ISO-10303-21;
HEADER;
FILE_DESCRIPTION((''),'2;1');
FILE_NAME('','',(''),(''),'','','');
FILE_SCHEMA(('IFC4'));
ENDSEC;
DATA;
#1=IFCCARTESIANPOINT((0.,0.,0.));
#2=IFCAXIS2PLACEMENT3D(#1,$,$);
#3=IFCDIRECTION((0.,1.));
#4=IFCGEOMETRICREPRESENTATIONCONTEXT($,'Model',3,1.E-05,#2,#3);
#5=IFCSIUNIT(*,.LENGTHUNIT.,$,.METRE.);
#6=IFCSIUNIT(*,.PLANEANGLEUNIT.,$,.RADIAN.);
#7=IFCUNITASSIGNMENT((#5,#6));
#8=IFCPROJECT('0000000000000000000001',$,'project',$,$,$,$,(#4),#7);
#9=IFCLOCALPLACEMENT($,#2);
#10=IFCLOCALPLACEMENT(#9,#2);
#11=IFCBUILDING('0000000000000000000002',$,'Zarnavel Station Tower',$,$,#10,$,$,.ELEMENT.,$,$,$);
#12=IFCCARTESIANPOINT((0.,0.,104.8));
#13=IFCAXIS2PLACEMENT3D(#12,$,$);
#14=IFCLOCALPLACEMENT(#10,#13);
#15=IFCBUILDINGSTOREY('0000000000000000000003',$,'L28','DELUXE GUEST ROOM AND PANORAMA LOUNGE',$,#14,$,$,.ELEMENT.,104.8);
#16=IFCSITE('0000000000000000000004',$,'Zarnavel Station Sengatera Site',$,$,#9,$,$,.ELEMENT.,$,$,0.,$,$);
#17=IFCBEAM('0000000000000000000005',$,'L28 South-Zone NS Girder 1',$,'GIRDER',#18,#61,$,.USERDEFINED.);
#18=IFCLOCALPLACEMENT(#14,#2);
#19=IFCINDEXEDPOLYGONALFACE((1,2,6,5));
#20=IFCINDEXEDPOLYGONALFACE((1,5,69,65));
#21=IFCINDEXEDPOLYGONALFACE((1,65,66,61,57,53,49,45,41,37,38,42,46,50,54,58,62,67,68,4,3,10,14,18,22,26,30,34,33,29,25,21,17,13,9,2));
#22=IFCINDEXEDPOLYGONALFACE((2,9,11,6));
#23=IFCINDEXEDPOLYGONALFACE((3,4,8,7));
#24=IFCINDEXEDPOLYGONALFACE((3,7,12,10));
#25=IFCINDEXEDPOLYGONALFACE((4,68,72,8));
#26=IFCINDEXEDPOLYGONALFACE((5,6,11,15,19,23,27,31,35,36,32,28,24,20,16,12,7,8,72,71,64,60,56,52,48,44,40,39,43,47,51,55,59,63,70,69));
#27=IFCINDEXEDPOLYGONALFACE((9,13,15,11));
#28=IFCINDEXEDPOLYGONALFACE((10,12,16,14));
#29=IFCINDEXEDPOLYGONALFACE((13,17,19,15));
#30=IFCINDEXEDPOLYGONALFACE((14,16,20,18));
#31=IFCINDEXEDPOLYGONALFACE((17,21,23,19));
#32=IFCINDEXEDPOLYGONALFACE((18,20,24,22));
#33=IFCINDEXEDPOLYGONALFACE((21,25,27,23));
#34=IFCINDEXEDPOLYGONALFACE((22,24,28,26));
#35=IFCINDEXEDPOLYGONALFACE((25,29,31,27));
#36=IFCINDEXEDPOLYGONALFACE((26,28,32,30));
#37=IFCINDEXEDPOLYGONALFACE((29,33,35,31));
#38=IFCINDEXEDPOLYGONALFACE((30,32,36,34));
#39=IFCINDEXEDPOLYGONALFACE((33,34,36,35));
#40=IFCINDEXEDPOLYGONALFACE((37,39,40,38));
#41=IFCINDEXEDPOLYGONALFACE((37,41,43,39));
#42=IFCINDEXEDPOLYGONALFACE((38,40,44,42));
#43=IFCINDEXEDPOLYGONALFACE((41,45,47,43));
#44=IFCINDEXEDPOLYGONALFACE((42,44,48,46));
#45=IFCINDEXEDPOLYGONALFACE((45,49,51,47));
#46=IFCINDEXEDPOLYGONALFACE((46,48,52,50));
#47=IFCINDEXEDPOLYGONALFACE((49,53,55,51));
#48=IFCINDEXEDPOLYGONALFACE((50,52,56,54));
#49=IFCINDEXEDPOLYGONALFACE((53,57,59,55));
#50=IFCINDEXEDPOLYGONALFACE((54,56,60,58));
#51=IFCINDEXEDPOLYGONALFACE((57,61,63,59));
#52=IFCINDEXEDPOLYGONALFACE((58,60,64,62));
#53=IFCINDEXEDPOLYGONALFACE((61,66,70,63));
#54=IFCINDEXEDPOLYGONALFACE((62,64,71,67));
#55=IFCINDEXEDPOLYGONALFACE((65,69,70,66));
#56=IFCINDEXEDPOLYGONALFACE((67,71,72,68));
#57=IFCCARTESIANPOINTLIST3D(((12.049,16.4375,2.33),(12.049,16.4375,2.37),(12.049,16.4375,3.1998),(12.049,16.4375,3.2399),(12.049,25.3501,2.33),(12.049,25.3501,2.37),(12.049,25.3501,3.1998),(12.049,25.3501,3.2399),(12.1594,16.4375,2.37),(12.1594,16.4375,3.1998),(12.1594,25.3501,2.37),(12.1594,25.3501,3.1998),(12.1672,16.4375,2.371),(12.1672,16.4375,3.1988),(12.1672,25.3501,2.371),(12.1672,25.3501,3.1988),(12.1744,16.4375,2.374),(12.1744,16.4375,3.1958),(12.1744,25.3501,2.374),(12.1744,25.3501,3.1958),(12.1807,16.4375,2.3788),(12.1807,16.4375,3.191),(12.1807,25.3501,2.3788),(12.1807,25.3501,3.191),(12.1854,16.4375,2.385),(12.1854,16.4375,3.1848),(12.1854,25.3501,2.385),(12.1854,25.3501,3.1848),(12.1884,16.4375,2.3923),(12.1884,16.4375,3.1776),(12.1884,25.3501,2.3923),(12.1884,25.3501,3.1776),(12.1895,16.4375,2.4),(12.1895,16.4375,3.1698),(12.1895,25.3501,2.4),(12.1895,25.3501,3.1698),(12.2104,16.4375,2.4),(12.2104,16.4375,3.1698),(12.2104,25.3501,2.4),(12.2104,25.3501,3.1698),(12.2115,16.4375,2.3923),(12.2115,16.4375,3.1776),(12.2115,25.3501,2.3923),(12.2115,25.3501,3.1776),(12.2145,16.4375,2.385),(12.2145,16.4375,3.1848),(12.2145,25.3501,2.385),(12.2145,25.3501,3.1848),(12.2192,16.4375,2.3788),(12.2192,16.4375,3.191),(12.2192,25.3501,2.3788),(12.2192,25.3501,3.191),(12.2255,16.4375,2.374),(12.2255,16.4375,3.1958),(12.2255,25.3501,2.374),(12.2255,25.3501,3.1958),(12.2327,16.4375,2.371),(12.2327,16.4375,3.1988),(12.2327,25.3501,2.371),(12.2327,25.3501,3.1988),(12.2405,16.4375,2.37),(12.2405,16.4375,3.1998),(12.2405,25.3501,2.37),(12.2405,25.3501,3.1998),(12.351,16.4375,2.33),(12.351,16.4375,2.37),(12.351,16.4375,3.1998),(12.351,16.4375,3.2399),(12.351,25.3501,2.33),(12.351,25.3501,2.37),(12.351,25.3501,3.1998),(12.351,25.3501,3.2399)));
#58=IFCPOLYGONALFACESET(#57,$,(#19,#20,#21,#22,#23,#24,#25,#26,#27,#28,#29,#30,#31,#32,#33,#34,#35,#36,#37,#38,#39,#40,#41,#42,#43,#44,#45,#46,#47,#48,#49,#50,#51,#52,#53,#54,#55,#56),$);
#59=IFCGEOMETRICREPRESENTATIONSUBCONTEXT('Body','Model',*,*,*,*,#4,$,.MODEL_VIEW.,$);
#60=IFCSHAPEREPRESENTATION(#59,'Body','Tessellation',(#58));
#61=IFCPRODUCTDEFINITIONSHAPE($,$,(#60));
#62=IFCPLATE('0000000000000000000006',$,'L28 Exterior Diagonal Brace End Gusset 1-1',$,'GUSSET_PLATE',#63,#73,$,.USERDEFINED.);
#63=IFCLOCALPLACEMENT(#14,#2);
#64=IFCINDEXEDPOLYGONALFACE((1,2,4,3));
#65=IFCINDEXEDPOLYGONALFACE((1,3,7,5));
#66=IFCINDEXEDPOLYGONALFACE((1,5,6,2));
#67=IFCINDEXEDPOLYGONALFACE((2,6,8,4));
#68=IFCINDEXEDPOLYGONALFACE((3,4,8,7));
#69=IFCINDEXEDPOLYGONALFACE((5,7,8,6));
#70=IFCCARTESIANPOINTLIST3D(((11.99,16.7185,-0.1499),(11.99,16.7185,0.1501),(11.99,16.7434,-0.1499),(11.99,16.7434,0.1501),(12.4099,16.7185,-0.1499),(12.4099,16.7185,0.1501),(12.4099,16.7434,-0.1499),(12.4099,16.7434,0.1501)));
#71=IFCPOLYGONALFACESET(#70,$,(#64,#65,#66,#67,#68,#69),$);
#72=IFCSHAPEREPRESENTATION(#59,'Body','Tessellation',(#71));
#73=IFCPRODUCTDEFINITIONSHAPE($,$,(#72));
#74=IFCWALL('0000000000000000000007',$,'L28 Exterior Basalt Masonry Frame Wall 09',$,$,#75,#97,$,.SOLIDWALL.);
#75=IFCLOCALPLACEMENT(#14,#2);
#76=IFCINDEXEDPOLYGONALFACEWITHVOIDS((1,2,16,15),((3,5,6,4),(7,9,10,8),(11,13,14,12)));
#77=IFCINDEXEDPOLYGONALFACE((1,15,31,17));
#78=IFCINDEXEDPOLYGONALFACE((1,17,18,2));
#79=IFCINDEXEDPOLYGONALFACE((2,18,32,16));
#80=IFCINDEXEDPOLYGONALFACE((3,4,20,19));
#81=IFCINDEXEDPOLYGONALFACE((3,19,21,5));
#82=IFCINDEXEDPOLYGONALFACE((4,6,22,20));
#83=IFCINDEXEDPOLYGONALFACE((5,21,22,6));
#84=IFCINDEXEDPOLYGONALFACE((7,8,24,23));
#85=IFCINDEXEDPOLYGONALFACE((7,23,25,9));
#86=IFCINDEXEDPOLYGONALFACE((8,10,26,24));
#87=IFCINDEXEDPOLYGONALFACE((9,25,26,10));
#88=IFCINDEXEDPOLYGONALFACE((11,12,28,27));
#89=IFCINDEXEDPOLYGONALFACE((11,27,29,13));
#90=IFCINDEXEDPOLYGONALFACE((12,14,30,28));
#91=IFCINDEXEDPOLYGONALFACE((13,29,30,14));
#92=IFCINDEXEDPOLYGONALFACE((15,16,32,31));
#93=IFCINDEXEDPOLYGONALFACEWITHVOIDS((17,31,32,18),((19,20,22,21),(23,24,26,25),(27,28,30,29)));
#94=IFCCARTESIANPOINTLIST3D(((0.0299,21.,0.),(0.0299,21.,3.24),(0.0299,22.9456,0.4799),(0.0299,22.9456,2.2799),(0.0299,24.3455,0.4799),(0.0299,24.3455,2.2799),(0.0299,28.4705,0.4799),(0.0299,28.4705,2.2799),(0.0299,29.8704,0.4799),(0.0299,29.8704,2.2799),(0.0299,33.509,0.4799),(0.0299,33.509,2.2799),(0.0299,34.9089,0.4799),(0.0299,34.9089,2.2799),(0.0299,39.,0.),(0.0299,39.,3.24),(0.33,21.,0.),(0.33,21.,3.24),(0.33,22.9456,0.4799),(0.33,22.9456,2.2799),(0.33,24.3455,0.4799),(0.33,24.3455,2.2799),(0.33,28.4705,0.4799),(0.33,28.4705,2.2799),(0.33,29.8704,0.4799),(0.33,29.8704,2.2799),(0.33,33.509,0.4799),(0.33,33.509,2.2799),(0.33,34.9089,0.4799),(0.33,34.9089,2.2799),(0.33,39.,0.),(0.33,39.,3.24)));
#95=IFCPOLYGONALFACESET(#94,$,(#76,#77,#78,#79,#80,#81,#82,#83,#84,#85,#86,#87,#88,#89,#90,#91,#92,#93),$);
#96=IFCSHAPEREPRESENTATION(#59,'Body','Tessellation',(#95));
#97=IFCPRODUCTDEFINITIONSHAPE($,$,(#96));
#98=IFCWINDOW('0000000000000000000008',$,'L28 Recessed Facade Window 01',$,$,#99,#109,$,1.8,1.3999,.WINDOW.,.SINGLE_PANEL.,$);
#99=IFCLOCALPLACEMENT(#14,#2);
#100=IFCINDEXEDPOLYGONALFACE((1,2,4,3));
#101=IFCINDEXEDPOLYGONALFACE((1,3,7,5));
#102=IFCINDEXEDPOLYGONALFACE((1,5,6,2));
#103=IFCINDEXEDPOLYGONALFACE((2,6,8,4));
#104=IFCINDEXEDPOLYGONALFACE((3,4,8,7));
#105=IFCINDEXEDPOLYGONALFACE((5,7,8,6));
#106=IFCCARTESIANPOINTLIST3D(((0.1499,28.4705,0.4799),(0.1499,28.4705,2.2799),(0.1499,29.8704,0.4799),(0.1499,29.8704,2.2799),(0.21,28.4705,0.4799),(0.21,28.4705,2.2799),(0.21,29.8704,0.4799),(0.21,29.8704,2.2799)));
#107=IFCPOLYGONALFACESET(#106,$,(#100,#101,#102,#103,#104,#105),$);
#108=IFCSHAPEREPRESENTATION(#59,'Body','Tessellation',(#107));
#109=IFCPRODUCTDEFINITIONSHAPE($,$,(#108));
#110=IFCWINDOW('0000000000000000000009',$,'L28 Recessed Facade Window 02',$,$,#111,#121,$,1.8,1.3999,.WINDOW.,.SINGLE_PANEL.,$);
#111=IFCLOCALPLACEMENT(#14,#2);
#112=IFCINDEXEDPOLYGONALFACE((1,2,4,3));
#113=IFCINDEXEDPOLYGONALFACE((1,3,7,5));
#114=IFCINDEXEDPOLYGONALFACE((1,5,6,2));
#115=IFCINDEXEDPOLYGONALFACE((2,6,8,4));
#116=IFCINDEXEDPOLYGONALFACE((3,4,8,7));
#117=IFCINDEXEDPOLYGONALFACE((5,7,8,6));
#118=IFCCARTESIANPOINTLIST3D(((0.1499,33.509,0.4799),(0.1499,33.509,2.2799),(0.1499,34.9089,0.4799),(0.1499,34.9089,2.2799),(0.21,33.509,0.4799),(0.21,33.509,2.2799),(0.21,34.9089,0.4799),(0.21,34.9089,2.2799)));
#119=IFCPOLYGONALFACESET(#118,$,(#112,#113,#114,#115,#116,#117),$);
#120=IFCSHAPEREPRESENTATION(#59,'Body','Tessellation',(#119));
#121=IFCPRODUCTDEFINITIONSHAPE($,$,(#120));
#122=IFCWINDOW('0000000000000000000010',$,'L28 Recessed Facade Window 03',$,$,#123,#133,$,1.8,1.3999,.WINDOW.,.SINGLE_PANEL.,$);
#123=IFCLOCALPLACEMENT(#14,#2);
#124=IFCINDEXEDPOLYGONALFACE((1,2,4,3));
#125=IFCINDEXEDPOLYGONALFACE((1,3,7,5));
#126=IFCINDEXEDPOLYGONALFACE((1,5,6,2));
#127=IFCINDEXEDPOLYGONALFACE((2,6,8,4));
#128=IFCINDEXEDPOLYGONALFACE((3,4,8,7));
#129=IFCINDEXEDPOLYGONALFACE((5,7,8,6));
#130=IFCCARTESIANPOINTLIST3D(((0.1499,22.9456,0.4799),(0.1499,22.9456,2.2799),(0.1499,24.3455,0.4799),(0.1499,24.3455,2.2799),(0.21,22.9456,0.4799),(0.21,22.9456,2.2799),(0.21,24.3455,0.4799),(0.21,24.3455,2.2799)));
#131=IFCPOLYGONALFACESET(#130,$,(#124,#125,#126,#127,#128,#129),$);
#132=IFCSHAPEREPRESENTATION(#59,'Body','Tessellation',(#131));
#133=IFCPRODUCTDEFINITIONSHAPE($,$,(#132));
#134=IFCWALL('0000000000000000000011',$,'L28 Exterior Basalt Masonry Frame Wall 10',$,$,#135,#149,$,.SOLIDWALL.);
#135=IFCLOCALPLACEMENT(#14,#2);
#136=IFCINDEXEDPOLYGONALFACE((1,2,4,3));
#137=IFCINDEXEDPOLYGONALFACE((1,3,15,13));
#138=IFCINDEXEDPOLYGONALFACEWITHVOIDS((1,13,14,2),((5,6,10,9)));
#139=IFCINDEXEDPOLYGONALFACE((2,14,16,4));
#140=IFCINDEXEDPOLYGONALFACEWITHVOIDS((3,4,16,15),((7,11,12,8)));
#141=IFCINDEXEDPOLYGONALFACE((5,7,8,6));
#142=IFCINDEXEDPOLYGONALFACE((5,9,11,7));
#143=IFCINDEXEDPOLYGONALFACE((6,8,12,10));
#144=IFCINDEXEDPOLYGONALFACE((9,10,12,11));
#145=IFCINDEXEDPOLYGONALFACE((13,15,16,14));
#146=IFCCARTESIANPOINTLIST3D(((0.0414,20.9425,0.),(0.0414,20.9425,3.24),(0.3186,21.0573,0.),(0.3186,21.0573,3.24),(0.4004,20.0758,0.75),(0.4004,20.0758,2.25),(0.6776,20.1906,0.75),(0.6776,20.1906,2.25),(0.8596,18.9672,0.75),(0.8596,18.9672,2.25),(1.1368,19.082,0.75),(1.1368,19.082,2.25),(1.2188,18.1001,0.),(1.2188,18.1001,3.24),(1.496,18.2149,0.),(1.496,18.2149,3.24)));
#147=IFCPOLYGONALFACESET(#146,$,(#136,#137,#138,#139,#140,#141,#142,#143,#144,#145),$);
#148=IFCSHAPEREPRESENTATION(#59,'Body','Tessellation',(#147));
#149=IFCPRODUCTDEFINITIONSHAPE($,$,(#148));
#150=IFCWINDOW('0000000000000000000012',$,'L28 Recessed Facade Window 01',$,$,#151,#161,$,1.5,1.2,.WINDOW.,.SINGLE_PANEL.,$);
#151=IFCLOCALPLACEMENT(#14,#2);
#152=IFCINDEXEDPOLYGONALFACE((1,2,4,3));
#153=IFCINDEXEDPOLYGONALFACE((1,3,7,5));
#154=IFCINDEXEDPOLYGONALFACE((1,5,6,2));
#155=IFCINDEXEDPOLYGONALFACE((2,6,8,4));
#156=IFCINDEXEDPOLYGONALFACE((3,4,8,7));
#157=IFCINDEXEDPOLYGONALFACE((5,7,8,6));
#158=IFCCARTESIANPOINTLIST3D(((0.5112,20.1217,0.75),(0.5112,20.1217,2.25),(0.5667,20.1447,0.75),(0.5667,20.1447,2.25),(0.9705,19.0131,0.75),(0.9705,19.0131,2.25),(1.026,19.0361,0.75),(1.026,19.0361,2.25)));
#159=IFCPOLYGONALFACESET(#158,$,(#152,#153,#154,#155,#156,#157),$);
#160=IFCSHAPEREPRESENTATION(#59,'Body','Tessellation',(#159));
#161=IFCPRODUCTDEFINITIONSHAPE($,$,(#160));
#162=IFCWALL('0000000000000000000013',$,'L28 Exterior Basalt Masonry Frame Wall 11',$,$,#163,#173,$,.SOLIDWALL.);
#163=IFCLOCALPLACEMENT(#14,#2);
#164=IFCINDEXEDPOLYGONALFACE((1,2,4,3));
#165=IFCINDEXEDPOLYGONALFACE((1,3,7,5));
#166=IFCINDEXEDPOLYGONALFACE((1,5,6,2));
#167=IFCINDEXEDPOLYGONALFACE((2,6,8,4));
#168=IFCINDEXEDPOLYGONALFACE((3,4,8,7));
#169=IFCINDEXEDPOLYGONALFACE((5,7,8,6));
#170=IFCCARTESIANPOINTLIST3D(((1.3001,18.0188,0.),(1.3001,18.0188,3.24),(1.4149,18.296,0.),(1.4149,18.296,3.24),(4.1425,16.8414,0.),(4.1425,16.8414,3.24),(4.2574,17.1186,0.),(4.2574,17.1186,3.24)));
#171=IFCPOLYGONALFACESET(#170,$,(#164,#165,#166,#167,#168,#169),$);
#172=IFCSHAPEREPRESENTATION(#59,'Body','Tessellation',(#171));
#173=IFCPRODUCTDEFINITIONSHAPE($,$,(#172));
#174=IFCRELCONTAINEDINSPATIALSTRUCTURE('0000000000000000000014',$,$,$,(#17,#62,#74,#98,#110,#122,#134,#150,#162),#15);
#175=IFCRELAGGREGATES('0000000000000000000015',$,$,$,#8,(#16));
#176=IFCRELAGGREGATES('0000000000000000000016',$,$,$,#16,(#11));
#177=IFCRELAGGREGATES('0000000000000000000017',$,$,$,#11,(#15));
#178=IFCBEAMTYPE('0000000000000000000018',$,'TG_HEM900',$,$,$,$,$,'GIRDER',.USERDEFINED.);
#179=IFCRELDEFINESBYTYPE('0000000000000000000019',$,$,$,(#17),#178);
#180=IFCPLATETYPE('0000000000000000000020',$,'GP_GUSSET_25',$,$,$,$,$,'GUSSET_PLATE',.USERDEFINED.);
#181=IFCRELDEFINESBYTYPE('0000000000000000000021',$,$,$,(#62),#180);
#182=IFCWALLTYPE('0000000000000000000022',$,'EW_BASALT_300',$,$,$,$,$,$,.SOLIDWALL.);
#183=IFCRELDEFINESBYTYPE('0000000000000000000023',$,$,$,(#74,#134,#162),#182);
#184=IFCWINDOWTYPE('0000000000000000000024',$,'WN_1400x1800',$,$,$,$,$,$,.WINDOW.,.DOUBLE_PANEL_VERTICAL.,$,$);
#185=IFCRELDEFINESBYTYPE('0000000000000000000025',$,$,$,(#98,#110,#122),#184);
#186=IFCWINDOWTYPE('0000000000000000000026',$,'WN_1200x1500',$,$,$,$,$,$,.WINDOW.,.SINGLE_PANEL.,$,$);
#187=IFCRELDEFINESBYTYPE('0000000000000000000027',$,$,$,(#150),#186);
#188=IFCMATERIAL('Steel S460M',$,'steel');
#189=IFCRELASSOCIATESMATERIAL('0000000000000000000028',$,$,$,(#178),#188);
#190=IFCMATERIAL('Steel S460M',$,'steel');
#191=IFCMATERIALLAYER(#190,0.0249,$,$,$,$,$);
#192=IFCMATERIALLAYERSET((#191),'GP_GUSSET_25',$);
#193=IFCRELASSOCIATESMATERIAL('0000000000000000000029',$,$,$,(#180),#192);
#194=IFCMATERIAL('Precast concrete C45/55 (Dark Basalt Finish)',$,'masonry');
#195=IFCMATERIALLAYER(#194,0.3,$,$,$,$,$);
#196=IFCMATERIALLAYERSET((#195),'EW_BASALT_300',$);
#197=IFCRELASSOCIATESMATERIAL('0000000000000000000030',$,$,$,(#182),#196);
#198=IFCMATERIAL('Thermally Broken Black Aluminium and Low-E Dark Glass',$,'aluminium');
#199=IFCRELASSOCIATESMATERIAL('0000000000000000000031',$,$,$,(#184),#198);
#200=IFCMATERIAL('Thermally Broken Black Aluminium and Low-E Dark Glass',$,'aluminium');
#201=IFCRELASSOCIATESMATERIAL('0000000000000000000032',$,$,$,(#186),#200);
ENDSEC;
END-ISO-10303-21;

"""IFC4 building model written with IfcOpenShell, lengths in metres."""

from ifc_helpers import new_model, si_unit, direction, frame, frame_2d, origin, origin_2d, place, context, subcontext, project, spatial, rectangle, i_section, extrude, material, layer, layer_set, material_profile, profile_set, type_object, element, fill, save


model = new_model("IFC4")

# Units and contexts
model_context = context("Model", 3, precision=1e-05, world=origin(), true_north=direction((0.0, 1.0)))
body_context = subcontext(model_context, "Body", "Model", "MODEL_VIEW")
ifc_project = project(units=[si_unit("LENGTHUNIT", "METRE"), si_unit("PLANEANGLEUNIT", "RADIAN")], contexts=[model_context])

# Site, building, storey
site_placement = place(None, origin())
site = spatial("IfcSite", under=ifc_project, at=site_placement, Name="Zarnavel Station Sengatera Site", CompositionType="ELEMENT", RefElevation=0.0)
building_placement = place(site_placement, origin())
building = spatial("IfcBuilding", under=site, at=building_placement, Name="Zarnavel Station Tower", CompositionType="ELEMENT")
storey_placement = place(building_placement, frame((0.0, 0.0, 104.8)))
storey = spatial("IfcBuildingStorey", under=building, at=storey_placement, Name="L28", Description="DELUXE GUEST ROOM AND PANORAMA LOUNGE", CompositionType="ELEMENT", Elevation=104.8)

# Beam
ifc_material_1 = material(Name="Steel S460M", Category="steel")
ifc_material_profile_1 = material_profile(ifc_material_1, i_section(OverallWidth=0.302, OverallDepth=0.9099, WebThickness=0.021, FlangeThickness=0.04, FilletRadius=0.03, at=origin_2d()), Name="HEM900")
ifc_profile_set_1 = profile_set([ifc_material_profile_1], Name="Steel S460M")
beam_type_1 = type_object("IfcBeamType", Name="TG_HEM900", ElementType="GIRDER", PredefinedType="USERDEFINED", material=ifc_profile_set_1)
beam_1_placement = place(storey_placement, frame((12.2, 16.4375, 2.7849), z_axis=(0.0, 1.0, 0.0), x_axis=(-1.0, 0.0, 0.0)))
element("IfcBeam", 1, at=beam_1_placement, inside=storey, type_object=beam_type_1, Name="L28 South-Zone NS Girder 1", ObjectType="GIRDER", PredefinedType="USERDEFINED", context=body_context, shape_type="SweptSolid", body=[
    extrude(i_section(OverallWidth=0.302, OverallDepth=0.9099, WebThickness=0.021, FlangeThickness=0.04, FilletRadius=0.03, at=origin_2d()), origin(), (0.0, 0.0, 1.0), 8.9126),
])

# Plate
ifc_material_2 = material(Name="Steel S460M", Category="steel")
ifc_layer_1 = layer(ifc_material_2, 0.0249)
ifc_layer_set_1 = layer_set([ifc_layer_1], Name="GP_GUSSET_25")
plate_type = type_object("IfcPlateType", Name="GP_GUSSET_25", ElementType="GUSSET_PLATE", PredefinedType="USERDEFINED", material=ifc_layer_set_1)
plate_placement = place(storey_placement, frame((12.2, 16.731, -0.1499), z_axis=(0.0, 0.0, 1.0), x_axis=(1.0, 0.0, 0.0)))
element("IfcPlate", 2, at=plate_placement, inside=storey, type_object=plate_type, Name="L28 Exterior Diagonal Brace End Gusset 1-1", ObjectType="GUSSET_PLATE", PredefinedType="USERDEFINED", context=body_context, shape_type="SweptSolid", body=[
    extrude(rectangle(XDim=0.4199, YDim=0.0249, at=origin_2d()), origin(), (0.0, 0.0, 1.0), 0.3),
])

# Wall, openings, windows
ifc_material_3 = material(Name="Precast concrete C45/55 (Dark Basalt Finish)", Category="masonry")
ifc_layer_2 = layer(ifc_material_3, 0.3)
ifc_layer_set_2 = layer_set([ifc_layer_2], Name="EW_BASALT_300")
wall_type_1 = type_object("IfcWallType", Name="EW_BASALT_300", PredefinedType="SOLIDWALL", material=ifc_layer_set_2)
wall_1_placement = place(storey_placement, frame((0.1799, 21.0, 0.0), z_axis=(0.0, 0.0, 1.0), x_axis=(0.0, 1.0, 0.0)))
wall_1 = element("IfcWall", 3, at=wall_1_placement, inside=storey, type_object=wall_type_1, Name="L28 Exterior Basalt Masonry Frame Wall 09", PredefinedType="SOLIDWALL", context=body_context, shape_type="SweptSolid", body=[
    extrude(rectangle(XDim=18.0, YDim=0.3, at=frame_2d((9.0, 0.0))), origin(), (0.0, 0.0, 1.0), 3.24),
])
opening_1_placement = place(wall_1_placement, frame((7.4705, 0.0, 0.48)))
opening_1 = element("IfcOpeningElement", 4, at=opening_1_placement, cuts=wall_1, PredefinedType="OPENING", context=body_context, shape_type="SweptSolid", body=[
    extrude(rectangle(XDim=1.3999, YDim=1.8, at=frame_2d((0.7, 0.8999))), frame((0.0, 0.1599, 0.0), z_axis=(0.0, -1.0, 0.0), x_axis=(1.0, 0.0, 0.0)), (0.0, 0.0, 1.0), 0.3201),
])
opening_2_placement = place(wall_1_placement, frame((12.509, 0.0, 0.48)))
opening_2 = element("IfcOpeningElement", 5, at=opening_2_placement, cuts=wall_1, PredefinedType="OPENING", context=body_context, shape_type="SweptSolid", body=[
    extrude(rectangle(XDim=1.3999, YDim=1.8, at=frame_2d((0.7, 0.8999))), frame((0.0, 0.1599, 0.0), z_axis=(0.0, -1.0, 0.0), x_axis=(1.0, 0.0, 0.0)), (0.0, 0.0, 1.0), 0.3201),
])
opening_3_placement = place(wall_1_placement, frame((1.9456, 0.0, 0.48)))
opening_3 = element("IfcOpeningElement", 6, at=opening_3_placement, cuts=wall_1, PredefinedType="OPENING", context=body_context, shape_type="SweptSolid", body=[
    extrude(rectangle(XDim=1.3999, YDim=1.8, at=frame_2d((0.7, 0.8999))), frame((0.0, 0.1599, 0.0), z_axis=(0.0, -1.0, 0.0), x_axis=(1.0, 0.0, 0.0)), (0.0, 0.0, 1.0), 0.3201),
])
ifc_material_4 = material(Name="Thermally Broken Black Aluminium and Low-E Dark Glass", Category="aluminium")
window_type_1 = type_object("IfcWindowType", Name="WN_1400x1800", PartitioningType="DOUBLE_PANEL_VERTICAL", PredefinedType="WINDOW", material=ifc_material_4)
window_1_placement = place(opening_1_placement, origin())
window_1 = element("IfcWindow", 7, at=window_1_placement, inside=storey, type_object=window_type_1, Name="L28 Recessed Facade Window 01", OverallHeight=1.8, OverallWidth=1.3999, PartitioningType="SINGLE_PANEL", PredefinedType="WINDOW", context=body_context, shape_type="SweptSolid", body=[
    extrude(rectangle(XDim=1.3999, YDim=1.8, at=frame_2d((0.7, 0.8999))), frame((0.0, 0.03, 0.0), z_axis=(0.0, -1.0, 0.0), x_axis=(1.0, 0.0, 0.0)), (0.0, 0.0, 1.0), 0.0601),
])
fill(opening_1, window_1)
window_2_placement = place(opening_2_placement, origin())
window_2 = element("IfcWindow", 8, at=window_2_placement, inside=storey, type_object=window_type_1, Name="L28 Recessed Facade Window 02", OverallHeight=1.8, OverallWidth=1.3999, PartitioningType="SINGLE_PANEL", PredefinedType="WINDOW", context=body_context, shape_type="SweptSolid", body=[
    extrude(rectangle(XDim=1.3999, YDim=1.8, at=frame_2d((0.7, 0.8999))), frame((0.0, 0.03, 0.0), z_axis=(0.0, -1.0, 0.0), x_axis=(1.0, 0.0, 0.0)), (0.0, 0.0, 1.0), 0.0601),
])
fill(opening_2, window_2)
window_3_placement = place(opening_3_placement, origin())
window_3 = element("IfcWindow", 9, at=window_3_placement, inside=storey, type_object=window_type_1, Name="L28 Recessed Facade Window 03", OverallHeight=1.8, OverallWidth=1.3999, PartitioningType="SINGLE_PANEL", PredefinedType="WINDOW", context=body_context, shape_type="SweptSolid", body=[
    extrude(rectangle(XDim=1.3999, YDim=1.8, at=frame_2d((0.7, 0.8999))), frame((0.0, 0.03, 0.0), z_axis=(0.0, -1.0, 0.0), x_axis=(1.0, 0.0, 0.0)), (0.0, 0.0, 1.0), 0.0601),
])
fill(opening_3, window_3)

# Wall, opening, window
wall_2_placement = place(storey_placement, frame((1.3574, 18.1575, 0.0), z_axis=(0.0, 0.0, 1.0), x_axis=(-0.382705, 0.923871, 0.0)))
wall_2 = element("IfcWall", 10, at=wall_2_placement, inside=storey, type_object=wall_type_1, Name="L28 Exterior Basalt Masonry Frame Wall 10", PredefinedType="SOLIDWALL", context=body_context, shape_type="SweptSolid", body=[
    extrude(rectangle(XDim=3.0767, YDim=0.3, at=frame_2d((1.5383, 0.0))), origin(), (0.0, 0.0, 1.0), 3.24),
])
opening_4_placement = place(wall_2_placement, frame((0.9385, 0.0, 0.75)))
opening_4 = element("IfcOpeningElement", 11, at=opening_4_placement, cuts=wall_2, PredefinedType="OPENING", context=body_context, shape_type="SweptSolid", body=[
    extrude(rectangle(XDim=1.2, YDim=1.5, at=frame_2d((0.6001, 0.75))), frame((0.0, 0.1599, 0.0), z_axis=(0.0, -1.0, 0.0), x_axis=(1.0, 0.0, 0.0)), (0.0, 0.0, 1.0), 0.3201),
])
ifc_material_5 = material(Name="Thermally Broken Black Aluminium and Low-E Dark Glass", Category="aluminium")
window_type_2 = type_object("IfcWindowType", Name="WN_1200x1500", PartitioningType="SINGLE_PANEL", PredefinedType="WINDOW", material=ifc_material_5)
window_4_placement = place(opening_4_placement, origin())
window_4 = element("IfcWindow", 12, at=window_4_placement, inside=storey, type_object=window_type_2, Name="L28 Recessed Facade Window 01", OverallHeight=1.5, OverallWidth=1.2, PartitioningType="SINGLE_PANEL", PredefinedType="WINDOW", context=body_context, shape_type="SweptSolid", body=[
    extrude(rectangle(XDim=1.2, YDim=1.5, at=frame_2d((0.6001, 0.75))), frame((0.0, 0.03, 0.0), z_axis=(0.0, -1.0, 0.0), x_axis=(1.0, 0.0, 0.0)), (0.0, 0.0, 1.0), 0.0601),
])
fill(opening_4, window_4)

# Wall
wall_3_placement = place(storey_placement, frame((4.2, 16.98, 0.0), z_axis=(0.0, 0.0, 1.0), x_axis=(-0.923871, 0.382705, 0.0)))
element("IfcWall", 13, at=wall_3_placement, inside=storey, type_object=wall_type_1, Name="L28 Exterior Basalt Masonry Frame Wall 11", PredefinedType="SOLIDWALL", context=body_context, shape_type="SweptSolid", body=[
    extrude(rectangle(XDim=3.0767, YDim=0.3, at=frame_2d((1.5383, 0.0))), origin(), (0.0, 0.0, 1.0), 3.24),
])

save(model, "model.ifc")
